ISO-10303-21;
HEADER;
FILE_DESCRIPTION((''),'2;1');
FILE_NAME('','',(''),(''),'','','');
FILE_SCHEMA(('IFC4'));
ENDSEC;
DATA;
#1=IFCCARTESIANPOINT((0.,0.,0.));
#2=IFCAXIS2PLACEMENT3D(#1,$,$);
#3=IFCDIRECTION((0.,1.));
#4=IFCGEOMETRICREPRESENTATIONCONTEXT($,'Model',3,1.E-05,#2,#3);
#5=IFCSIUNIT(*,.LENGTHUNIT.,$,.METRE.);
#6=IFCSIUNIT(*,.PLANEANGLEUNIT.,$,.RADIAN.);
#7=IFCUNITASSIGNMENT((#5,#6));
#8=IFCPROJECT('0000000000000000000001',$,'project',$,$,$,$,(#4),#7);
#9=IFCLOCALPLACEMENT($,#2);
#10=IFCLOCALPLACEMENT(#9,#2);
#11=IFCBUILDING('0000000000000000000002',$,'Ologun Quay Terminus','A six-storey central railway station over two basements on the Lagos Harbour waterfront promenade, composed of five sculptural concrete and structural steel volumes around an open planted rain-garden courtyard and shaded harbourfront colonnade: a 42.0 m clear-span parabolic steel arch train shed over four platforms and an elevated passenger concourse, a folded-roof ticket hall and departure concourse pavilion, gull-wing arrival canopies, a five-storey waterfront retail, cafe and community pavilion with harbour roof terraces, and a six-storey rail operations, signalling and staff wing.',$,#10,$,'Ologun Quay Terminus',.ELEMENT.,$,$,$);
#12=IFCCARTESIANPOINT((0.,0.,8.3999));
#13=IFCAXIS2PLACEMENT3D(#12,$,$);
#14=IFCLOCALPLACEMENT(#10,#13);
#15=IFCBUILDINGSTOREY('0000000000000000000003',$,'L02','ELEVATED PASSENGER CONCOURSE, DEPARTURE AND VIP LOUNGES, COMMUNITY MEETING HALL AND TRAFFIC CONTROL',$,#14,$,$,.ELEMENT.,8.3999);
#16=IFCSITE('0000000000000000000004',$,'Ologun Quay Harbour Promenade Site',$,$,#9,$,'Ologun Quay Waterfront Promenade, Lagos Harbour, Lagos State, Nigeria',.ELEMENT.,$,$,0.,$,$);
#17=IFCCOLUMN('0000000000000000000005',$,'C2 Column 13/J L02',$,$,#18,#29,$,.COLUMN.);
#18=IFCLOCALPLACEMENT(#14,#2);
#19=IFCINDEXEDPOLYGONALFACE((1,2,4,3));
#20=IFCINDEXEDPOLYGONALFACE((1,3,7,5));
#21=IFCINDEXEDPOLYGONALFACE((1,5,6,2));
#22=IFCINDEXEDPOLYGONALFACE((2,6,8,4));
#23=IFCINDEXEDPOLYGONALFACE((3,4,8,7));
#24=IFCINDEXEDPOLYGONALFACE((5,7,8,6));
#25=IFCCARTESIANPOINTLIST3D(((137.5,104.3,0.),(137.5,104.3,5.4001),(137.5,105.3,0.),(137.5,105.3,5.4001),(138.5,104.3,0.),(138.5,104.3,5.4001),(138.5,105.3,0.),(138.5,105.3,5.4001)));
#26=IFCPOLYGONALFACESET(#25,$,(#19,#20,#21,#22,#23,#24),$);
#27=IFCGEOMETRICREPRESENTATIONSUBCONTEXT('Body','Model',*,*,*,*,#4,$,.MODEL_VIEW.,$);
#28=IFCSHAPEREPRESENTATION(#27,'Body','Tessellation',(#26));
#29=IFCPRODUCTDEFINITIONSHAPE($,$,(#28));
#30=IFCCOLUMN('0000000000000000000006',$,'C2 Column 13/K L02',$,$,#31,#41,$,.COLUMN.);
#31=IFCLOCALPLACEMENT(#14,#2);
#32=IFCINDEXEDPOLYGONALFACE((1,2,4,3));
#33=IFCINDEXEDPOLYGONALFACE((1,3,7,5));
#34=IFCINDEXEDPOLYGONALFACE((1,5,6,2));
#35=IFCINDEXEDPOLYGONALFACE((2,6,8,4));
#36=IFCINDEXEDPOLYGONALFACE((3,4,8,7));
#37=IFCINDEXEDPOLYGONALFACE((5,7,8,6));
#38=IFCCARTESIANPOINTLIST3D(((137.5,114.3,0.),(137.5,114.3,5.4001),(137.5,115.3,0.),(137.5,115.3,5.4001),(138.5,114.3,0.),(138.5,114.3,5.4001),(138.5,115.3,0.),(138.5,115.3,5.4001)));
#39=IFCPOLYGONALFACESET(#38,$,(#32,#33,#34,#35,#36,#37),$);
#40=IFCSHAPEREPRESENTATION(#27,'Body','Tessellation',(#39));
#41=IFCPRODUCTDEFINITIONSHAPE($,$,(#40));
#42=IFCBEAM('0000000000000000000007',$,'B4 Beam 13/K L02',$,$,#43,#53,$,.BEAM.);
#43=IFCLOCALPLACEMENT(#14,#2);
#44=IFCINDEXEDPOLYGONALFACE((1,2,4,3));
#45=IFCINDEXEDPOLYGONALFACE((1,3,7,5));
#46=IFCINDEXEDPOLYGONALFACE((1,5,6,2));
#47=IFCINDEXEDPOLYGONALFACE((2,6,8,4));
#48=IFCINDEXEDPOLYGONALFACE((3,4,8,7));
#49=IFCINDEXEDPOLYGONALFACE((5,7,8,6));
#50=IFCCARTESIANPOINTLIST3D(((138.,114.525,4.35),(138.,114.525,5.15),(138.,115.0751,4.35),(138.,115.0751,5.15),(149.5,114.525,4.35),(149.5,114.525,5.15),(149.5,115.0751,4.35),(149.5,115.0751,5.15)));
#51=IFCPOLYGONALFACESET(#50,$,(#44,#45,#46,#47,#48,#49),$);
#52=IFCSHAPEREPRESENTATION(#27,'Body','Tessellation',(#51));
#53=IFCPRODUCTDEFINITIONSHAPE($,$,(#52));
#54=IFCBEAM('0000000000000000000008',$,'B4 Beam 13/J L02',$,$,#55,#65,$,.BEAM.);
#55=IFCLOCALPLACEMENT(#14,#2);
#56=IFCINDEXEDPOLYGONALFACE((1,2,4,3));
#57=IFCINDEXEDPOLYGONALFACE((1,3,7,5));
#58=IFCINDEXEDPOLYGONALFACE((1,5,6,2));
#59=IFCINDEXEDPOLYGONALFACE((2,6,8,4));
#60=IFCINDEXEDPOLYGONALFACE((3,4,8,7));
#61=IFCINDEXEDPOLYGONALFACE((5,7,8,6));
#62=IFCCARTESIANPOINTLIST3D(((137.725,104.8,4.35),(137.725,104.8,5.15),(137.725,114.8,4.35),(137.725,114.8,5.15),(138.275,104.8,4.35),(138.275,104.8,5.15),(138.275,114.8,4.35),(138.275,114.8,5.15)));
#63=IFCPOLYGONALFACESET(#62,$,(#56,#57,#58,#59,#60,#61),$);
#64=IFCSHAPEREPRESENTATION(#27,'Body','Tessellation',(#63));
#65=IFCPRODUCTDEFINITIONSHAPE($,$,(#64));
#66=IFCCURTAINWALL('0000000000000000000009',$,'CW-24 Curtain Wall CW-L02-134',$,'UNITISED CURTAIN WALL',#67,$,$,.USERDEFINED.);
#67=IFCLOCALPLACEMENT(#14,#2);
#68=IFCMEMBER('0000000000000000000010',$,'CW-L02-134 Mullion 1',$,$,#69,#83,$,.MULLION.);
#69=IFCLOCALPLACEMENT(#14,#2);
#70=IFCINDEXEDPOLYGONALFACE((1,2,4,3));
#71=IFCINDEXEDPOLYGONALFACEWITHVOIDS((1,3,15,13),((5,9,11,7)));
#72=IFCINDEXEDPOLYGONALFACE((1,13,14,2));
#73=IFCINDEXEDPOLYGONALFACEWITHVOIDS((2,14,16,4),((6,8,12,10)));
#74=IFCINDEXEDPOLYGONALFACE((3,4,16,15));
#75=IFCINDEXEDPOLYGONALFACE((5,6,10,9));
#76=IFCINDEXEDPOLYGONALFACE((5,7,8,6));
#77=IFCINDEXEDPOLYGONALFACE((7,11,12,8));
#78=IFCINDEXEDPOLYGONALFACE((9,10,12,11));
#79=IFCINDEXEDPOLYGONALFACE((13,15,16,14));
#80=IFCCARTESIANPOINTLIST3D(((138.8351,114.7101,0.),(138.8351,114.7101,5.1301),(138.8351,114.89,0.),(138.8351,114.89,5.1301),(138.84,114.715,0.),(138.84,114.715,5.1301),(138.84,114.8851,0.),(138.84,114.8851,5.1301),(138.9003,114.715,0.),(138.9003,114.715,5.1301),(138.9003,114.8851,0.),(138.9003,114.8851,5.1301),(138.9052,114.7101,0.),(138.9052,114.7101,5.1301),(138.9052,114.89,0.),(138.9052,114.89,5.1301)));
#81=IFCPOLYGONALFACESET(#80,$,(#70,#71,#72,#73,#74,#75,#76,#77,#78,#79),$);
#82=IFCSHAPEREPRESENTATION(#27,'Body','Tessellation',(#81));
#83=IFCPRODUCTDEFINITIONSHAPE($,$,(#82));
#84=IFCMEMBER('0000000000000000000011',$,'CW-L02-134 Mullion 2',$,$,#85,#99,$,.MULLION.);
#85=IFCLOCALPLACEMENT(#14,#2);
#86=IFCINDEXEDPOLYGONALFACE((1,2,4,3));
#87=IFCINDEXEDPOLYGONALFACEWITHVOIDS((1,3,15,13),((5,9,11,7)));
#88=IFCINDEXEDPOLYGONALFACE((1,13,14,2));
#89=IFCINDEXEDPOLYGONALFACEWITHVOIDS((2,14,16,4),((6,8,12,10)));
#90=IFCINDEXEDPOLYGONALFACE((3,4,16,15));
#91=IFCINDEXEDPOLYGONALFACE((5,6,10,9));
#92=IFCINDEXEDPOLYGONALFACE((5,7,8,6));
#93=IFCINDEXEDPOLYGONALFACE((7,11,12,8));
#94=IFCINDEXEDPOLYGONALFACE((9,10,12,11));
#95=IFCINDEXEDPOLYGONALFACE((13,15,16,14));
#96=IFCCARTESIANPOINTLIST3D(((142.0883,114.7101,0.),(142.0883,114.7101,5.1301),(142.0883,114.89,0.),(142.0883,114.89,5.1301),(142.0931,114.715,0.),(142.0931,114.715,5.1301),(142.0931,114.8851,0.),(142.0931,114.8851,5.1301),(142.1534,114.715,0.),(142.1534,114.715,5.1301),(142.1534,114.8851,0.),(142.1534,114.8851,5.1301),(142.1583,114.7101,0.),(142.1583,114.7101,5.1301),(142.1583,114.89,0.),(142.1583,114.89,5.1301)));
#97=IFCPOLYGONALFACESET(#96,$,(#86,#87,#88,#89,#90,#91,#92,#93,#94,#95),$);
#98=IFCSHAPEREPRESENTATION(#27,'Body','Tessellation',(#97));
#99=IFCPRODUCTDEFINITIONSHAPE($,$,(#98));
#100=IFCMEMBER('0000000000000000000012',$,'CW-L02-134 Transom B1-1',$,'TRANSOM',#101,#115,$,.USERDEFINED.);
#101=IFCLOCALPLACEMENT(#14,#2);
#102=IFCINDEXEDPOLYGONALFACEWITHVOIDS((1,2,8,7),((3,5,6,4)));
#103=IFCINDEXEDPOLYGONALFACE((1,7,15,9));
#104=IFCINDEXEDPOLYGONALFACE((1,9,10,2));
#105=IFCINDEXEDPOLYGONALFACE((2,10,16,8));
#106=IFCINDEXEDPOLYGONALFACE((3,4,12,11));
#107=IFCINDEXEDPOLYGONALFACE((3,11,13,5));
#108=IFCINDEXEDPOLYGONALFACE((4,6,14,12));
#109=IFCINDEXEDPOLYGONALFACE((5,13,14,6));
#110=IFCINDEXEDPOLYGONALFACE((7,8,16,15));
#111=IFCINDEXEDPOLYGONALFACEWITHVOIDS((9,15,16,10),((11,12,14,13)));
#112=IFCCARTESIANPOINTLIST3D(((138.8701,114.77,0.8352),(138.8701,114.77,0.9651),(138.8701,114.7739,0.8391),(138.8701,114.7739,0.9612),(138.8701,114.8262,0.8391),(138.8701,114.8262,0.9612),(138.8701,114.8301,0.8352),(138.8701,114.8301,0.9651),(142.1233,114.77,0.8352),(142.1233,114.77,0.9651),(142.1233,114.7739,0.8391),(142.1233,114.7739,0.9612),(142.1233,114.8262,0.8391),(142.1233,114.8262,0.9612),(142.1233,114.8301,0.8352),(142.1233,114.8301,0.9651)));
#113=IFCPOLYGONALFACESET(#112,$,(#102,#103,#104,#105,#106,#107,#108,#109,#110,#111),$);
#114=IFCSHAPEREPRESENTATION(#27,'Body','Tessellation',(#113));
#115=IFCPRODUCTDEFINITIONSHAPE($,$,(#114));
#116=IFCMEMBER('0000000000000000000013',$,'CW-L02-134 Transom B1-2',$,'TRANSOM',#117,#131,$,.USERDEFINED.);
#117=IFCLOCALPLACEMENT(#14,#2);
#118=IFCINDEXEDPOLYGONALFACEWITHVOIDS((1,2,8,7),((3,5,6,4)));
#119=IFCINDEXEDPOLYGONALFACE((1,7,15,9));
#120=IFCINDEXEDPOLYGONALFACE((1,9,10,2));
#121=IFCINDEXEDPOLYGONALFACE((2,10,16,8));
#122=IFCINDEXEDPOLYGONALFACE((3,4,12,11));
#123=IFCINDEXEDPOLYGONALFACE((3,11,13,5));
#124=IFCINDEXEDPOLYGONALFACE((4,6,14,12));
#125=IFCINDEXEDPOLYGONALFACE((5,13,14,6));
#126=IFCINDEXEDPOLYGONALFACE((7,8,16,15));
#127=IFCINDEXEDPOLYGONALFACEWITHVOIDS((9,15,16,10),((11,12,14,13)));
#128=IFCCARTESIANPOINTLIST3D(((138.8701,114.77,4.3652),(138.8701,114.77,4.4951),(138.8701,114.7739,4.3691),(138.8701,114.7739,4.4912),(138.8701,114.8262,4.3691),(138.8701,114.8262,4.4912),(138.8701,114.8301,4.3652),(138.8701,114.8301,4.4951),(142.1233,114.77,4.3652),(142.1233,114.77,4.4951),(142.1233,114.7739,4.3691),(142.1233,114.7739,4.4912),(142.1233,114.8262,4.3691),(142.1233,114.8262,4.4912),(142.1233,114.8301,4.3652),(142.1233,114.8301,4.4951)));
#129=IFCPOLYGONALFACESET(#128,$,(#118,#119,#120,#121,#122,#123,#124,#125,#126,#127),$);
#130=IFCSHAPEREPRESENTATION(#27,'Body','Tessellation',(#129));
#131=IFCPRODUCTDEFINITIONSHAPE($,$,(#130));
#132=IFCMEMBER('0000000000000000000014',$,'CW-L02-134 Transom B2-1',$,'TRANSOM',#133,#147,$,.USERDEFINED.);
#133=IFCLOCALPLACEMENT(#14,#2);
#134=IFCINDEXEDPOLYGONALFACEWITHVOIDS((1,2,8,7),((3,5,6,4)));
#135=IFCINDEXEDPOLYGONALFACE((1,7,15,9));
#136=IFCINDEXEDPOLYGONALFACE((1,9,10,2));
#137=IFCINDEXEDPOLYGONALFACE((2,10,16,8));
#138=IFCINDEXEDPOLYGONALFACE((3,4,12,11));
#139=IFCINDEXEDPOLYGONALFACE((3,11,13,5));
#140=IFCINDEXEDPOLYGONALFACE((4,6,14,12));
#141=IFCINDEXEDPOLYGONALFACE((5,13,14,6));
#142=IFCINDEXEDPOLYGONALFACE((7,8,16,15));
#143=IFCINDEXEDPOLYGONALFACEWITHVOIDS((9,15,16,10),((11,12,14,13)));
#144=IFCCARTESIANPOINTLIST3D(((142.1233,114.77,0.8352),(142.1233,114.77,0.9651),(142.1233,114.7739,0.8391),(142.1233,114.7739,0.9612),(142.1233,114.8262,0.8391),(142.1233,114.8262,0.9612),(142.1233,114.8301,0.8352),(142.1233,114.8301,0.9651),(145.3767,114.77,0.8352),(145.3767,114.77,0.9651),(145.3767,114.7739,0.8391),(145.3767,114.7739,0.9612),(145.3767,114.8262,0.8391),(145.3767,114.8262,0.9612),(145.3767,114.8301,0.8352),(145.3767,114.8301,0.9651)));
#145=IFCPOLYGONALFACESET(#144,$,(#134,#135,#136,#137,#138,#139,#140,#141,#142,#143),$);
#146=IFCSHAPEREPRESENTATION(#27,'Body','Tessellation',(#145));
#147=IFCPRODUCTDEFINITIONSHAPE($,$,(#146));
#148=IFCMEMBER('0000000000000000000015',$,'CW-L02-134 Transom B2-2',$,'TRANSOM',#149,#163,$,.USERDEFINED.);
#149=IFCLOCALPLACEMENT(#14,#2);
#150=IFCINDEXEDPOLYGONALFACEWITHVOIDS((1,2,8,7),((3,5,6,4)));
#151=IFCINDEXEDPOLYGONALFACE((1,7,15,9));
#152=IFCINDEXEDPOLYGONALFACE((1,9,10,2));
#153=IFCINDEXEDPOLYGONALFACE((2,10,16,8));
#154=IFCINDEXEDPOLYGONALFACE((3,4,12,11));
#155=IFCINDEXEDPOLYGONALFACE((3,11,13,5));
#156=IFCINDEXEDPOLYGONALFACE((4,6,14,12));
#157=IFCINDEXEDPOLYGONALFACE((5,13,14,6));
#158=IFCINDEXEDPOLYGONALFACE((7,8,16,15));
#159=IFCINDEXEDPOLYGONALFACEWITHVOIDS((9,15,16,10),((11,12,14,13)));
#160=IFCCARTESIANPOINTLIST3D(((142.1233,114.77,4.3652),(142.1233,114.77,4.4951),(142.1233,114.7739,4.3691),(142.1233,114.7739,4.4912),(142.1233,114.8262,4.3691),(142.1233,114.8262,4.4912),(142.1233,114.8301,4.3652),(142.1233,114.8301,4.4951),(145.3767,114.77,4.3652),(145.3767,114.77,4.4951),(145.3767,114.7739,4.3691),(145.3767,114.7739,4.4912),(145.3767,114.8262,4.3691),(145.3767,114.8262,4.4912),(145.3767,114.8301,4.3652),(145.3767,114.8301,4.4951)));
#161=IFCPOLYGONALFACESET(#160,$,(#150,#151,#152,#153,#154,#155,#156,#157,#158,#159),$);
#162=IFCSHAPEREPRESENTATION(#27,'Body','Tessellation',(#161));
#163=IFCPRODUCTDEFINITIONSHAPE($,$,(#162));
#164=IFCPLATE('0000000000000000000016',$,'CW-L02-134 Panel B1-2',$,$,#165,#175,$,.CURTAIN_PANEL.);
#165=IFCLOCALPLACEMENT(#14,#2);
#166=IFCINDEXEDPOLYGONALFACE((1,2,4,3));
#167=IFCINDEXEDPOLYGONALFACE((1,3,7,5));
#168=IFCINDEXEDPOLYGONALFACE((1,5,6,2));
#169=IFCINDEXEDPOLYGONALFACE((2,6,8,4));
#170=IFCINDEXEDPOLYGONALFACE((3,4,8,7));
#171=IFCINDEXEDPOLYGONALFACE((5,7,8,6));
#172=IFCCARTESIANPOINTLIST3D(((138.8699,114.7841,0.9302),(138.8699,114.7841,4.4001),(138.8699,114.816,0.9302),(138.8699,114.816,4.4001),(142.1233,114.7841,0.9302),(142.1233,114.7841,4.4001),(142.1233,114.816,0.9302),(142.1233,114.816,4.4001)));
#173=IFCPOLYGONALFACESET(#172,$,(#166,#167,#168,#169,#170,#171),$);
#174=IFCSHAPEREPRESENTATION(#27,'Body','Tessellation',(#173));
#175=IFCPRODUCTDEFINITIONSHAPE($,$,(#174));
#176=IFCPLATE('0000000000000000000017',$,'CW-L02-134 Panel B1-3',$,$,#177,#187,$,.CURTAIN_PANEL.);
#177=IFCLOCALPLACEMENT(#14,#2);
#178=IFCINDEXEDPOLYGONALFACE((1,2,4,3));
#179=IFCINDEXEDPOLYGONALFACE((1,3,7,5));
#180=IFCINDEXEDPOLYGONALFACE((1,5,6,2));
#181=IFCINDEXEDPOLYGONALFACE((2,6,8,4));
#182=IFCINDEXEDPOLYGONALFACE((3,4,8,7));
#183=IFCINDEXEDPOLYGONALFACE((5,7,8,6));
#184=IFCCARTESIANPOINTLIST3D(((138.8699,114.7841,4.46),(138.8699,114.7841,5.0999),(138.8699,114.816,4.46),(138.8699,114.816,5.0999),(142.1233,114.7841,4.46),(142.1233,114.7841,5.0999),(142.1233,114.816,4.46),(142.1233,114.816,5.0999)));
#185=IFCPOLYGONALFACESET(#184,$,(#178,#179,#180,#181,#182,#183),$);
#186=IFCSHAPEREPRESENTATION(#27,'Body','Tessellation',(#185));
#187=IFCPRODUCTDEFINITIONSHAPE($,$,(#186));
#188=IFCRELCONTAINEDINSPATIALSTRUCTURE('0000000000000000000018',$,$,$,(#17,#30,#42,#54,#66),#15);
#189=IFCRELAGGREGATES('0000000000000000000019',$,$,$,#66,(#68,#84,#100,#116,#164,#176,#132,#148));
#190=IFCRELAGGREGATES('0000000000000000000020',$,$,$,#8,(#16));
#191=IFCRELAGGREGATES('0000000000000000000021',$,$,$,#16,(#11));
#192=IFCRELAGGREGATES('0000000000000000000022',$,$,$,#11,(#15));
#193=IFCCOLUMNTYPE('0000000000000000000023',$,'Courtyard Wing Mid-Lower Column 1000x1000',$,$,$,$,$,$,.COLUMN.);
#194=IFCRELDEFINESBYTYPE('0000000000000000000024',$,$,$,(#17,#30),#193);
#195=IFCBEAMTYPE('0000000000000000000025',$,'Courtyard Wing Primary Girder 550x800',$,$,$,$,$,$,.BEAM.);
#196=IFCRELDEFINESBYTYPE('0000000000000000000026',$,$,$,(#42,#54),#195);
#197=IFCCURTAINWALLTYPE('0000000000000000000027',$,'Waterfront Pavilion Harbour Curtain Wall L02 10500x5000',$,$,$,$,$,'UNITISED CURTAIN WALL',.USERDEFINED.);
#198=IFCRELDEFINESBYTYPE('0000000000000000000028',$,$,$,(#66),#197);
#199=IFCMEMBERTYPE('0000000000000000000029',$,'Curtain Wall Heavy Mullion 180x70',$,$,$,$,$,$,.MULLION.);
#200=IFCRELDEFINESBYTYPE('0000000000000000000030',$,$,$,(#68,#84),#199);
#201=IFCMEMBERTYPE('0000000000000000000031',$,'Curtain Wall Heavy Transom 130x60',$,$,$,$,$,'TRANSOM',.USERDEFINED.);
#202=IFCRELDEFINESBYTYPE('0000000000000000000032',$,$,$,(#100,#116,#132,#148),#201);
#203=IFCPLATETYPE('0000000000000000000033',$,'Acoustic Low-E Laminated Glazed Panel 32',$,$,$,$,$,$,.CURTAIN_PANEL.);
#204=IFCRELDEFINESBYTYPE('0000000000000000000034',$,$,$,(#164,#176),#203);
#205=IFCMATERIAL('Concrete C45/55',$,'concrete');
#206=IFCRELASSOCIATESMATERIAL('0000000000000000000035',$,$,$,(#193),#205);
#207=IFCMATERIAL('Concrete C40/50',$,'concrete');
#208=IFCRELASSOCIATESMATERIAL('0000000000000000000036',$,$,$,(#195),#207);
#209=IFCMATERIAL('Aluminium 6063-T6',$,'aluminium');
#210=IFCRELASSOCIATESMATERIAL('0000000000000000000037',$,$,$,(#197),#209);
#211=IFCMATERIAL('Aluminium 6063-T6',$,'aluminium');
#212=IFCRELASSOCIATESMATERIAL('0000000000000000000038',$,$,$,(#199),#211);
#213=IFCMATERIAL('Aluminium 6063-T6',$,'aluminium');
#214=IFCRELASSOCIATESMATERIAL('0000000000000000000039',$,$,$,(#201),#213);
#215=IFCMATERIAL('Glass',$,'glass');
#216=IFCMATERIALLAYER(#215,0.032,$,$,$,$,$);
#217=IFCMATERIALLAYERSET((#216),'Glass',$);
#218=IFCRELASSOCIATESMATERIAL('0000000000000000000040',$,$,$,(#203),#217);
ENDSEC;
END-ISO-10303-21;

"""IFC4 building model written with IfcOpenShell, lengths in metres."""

from ifc_helpers import new_model, si_unit, direction, frame, origin, origin_2d, place, context, subcontext, project, spatial, rectangle, hollow_rectangle, extrude, material, layer, layer_set, material_profile, profile_set, type_object, element, aggregate, save


model = new_model("IFC4")

# Units and contexts
model_context = context("Model", 3, precision=1e-05, world=origin(), true_north=direction((0.0, 1.0)))
body_context = subcontext(model_context, "Body", "Model", "MODEL_VIEW")
ifc_project = project(units=[si_unit("LENGTHUNIT", "METRE"), si_unit("PLANEANGLEUNIT", "RADIAN")], contexts=[model_context])

# Site, building, storey
site_placement = place(None, origin())
site = spatial("IfcSite", under=ifc_project, at=site_placement, Name="Ologun Quay Harbour Promenade Site", LongName="Ologun Quay Waterfront Promenade, Lagos Harbour, Lagos State, Nigeria", CompositionType="ELEMENT", RefElevation=0.0)
building_placement = place(site_placement, origin())
building = spatial("IfcBuilding", under=site, at=building_placement, Name="Ologun Quay Terminus", Description="A six-storey central railway station over two basements on the Lagos Harbour waterfront promenade, composed of five sculptural concrete and structural steel volumes around an open planted rain-garden courtyard and shaded harbourfront colonnade: a 42.0 m clear-span parabolic steel arch train shed over four platforms and an elevated passenger concourse, a folded-roof ticket hall and departure concourse pavilion, gull-wing arrival canopies, a five-storey waterfront retail, cafe and community pavilion with harbour roof terraces, and a six-storey rail operations, signalling and staff wing.", LongName="Ologun Quay Terminus", CompositionType="ELEMENT")
storey_placement = place(building_placement, frame((0.0, 0.0, 8.3999)))
storey = spatial("IfcBuildingStorey", under=building, at=storey_placement, Name="L02", Description="ELEVATED PASSENGER CONCOURSE, DEPARTURE AND VIP LOUNGES, COMMUNITY MEETING HALL AND TRAFFIC CONTROL", CompositionType="ELEMENT", Elevation=8.3999)

# Columns
ifc_material_1 = material(Name="Concrete C45/55", Category="concrete")
ifc_material_profile_1 = material_profile(ifc_material_1, rectangle(XDim=1.0, YDim=1.0, at=origin_2d()), Name="RC 1000x1000")
ifc_profile_set_1 = profile_set([ifc_material_profile_1], Name="Concrete C45/55")
column_type = type_object("IfcColumnType", Name="Courtyard Wing Mid-Lower Column 1000x1000", PredefinedType="COLUMN", material=ifc_profile_set_1)
for number, where, z_axis, x_axis, name in (
    (1, (138.0, 104.8, 0.0), (0.0, 0.0, 1.0), (1.0, 0.0, 0.0), "C2 Column 13/J L02"),
    (2, (138.0, 114.8, 0.0), (0.0, 0.0, 1.0), (1.0, 0.0, 0.0), "C2 Column 13/K L02"),
):
    element("IfcColumn", number, at=place(storey_placement, frame(where, z_axis=z_axis, x_axis=x_axis)), inside=storey, type_object=column_type, Name=name, PredefinedType="COLUMN", context=body_context, shape_type="SweptSolid", body=[
        extrude(rectangle(XDim=1.0, YDim=1.0, at=origin_2d()), origin(), (0.0, 0.0, 1.0), 5.4001),
    ])

# Beams
ifc_material_2 = material(Name="Concrete C40/50", Category="concrete")
ifc_material_profile_2 = material_profile(ifc_material_2, rectangle(XDim=0.55, YDim=0.8, at=origin_2d()), Name="RC 550x800")
ifc_profile_set_2 = profile_set([ifc_material_profile_2], Name="Concrete C40/50")
beam_type = type_object("IfcBeamType", Name="Courtyard Wing Primary Girder 550x800", PredefinedType="BEAM", material=ifc_profile_set_2)
beam_1_placement = place(storey_placement, frame((138.0, 114.8, 4.75), z_axis=(1.0, 0.0, 0.0), x_axis=(0.0, 1.0, 0.0)))
element("IfcBeam", 3, at=beam_1_placement, inside=storey, type_object=beam_type, Name="B4 Beam 13/K L02", PredefinedType="BEAM", context=body_context, shape_type="SweptSolid", body=[
    extrude(rectangle(XDim=0.55, YDim=0.8, at=origin_2d()), origin(), (0.0, 0.0, 1.0), 11.5),
])
beam_2_placement = place(storey_placement, frame((138.0, 104.8, 4.75), z_axis=(0.0, 1.0, 0.0), x_axis=(-1.0, 0.0, 0.0)))
element("IfcBeam", 4, at=beam_2_placement, inside=storey, type_object=beam_type, Name="B4 Beam 13/J L02", PredefinedType="BEAM", context=body_context, shape_type="SweptSolid", body=[
    extrude(rectangle(XDim=0.55, YDim=0.8, at=origin_2d()), origin(), (0.0, 0.0, 1.0), 10.0),
])

# Curtain wall, members, plates
ifc_material_3 = material(Name="Aluminium 6063-T6", Category="aluminium")
curtain_wall_type = type_object("IfcCurtainWallType", Name="Waterfront Pavilion Harbour Curtain Wall L02 10500x5000", ElementType="UNITISED CURTAIN WALL", PredefinedType="USERDEFINED", material=ifc_material_3)
curtain_wall_placement = place(storey_placement, origin())
curtain_wall = element("IfcCurtainWall", 5, at=curtain_wall_placement, inside=storey, type_object=curtain_wall_type, Name="CW-24 Curtain Wall CW-L02-134", ObjectType="UNITISED CURTAIN WALL", PredefinedType="USERDEFINED")
ifc_material_4 = material(Name="Aluminium 6063-T6", Category="aluminium")
ifc_material_profile_3 = material_profile(ifc_material_4, hollow_rectangle(XDim=0.0701, YDim=0.1799, WallThickness=0.0049, at=origin_2d()), Name="ALU 180x70x5")
ifc_profile_set_3 = profile_set([ifc_material_profile_3], Name="Aluminium 6063-T6")
member_type_1 = type_object("IfcMemberType", Name="Curtain Wall Heavy Mullion 180x70", PredefinedType="MULLION", material=ifc_profile_set_3)
member_1_placement = place(storey_placement, frame((138.8701, 114.8, 0.0), z_axis=(0.0, 0.0, 1.0), x_axis=(1.0, 0.0, 0.0)))
member_1 = element("IfcMember", 6, at=member_1_placement, type_object=member_type_1, Name="CW-L02-134 Mullion 1", PredefinedType="MULLION", context=body_context, shape_type="SweptSolid", body=[
    extrude(hollow_rectangle(XDim=0.0701, YDim=0.1799, WallThickness=0.0049, at=origin_2d()), origin(), (0.0, 0.0, 1.0), 5.1301),
])
member_2_placement = place(storey_placement, frame((142.1233, 114.8, 0.0), z_axis=(0.0, 0.0, 1.0), x_axis=(1.0, 0.0, 0.0)))
member_2 = element("IfcMember", 7, at=member_2_placement, type_object=member_type_1, Name="CW-L02-134 Mullion 2", PredefinedType="MULLION", context=body_context, shape_type="SweptSolid", body=[
    extrude(hollow_rectangle(XDim=0.0701, YDim=0.1799, WallThickness=0.0049, at=origin_2d()), origin(), (0.0, 0.0, 1.0), 5.1301),
])
ifc_material_5 = material(Name="Aluminium 6063-T6", Category="aluminium")
ifc_material_profile_4 = material_profile(ifc_material_5, hollow_rectangle(XDim=0.0601, YDim=0.1299, WallThickness=0.0039, at=origin_2d()), Name="ALU 130x60x4")
ifc_profile_set_4 = profile_set([ifc_material_profile_4], Name="Aluminium 6063-T6")
member_type_2 = type_object("IfcMemberType", Name="Curtain Wall Heavy Transom 130x60", ElementType="TRANSOM", PredefinedType="USERDEFINED", material=ifc_profile_set_4)
member_3_placement = place(storey_placement, frame((138.8701, 114.8, 0.9001), z_axis=(1.0, 0.0, 0.0), x_axis=(0.0, 1.0, 0.0)))
member_3 = element("IfcMember", 8, at=member_3_placement, type_object=member_type_2, Name="CW-L02-134 Transom B1-1", ObjectType="TRANSOM", PredefinedType="USERDEFINED", context=body_context, shape_type="SweptSolid", body=[
    extrude(hollow_rectangle(XDim=0.0601, YDim=0.1299, WallThickness=0.0039, at=origin_2d()), origin(), (0.0, 0.0, 1.0), 3.2532),
])
member_4_placement = place(storey_placement, frame((138.8701, 114.8, 4.4302), z_axis=(1.0, 0.0, 0.0), x_axis=(0.0, 1.0, 0.0)))
member_4 = element("IfcMember", 9, at=member_4_placement, type_object=member_type_2, Name="CW-L02-134 Transom B1-2", ObjectType="TRANSOM", PredefinedType="USERDEFINED", context=body_context, shape_type="SweptSolid", body=[
    extrude(hollow_rectangle(XDim=0.0601, YDim=0.1299, WallThickness=0.0039, at=origin_2d()), origin(), (0.0, 0.0, 1.0), 3.2532),
])
member_5_placement = place(storey_placement, frame((142.1233, 114.8, 0.9001), z_axis=(1.0, 0.0, 0.0), x_axis=(0.0, 1.0, 0.0)))
member_5 = element("IfcMember", 10, at=member_5_placement, type_object=member_type_2, Name="CW-L02-134 Transom B2-1", ObjectType="TRANSOM", PredefinedType="USERDEFINED", context=body_context, shape_type="SweptSolid", body=[
    extrude(hollow_rectangle(XDim=0.0601, YDim=0.1299, WallThickness=0.0039, at=origin_2d()), origin(), (0.0, 0.0, 1.0), 3.2534),
])
member_6_placement = place(storey_placement, frame((142.1233, 114.8, 4.4302), z_axis=(1.0, 0.0, 0.0), x_axis=(0.0, 1.0, 0.0)))
member_6 = element("IfcMember", 11, at=member_6_placement, type_object=member_type_2, Name="CW-L02-134 Transom B2-2", ObjectType="TRANSOM", PredefinedType="USERDEFINED", context=body_context, shape_type="SweptSolid", body=[
    extrude(hollow_rectangle(XDim=0.0601, YDim=0.1299, WallThickness=0.0039, at=origin_2d()), origin(), (0.0, 0.0, 1.0), 3.2534),
])
ifc_material_6 = material(Name="Glass", Category="glass")
ifc_layer_1 = layer(ifc_material_6, 0.032)
ifc_layer_set_1 = layer_set([ifc_layer_1], Name="Glass")
plate_type_1 = type_object("IfcPlateType", Name="Acoustic Low-E Laminated Glazed Panel 32", PredefinedType="CURTAIN_PANEL", material=ifc_layer_set_1)
plate_1_placement = place(storey_placement, frame((140.4966, 114.8, 0.9302), z_axis=(0.0, 0.0, 1.0), x_axis=(1.0, 0.0, 0.0)))
plate_1 = element("IfcPlate", 12, at=plate_1_placement, type_object=plate_type_1, Name="CW-L02-134 Panel B1-2", PredefinedType="CURTAIN_PANEL", context=body_context, shape_type="SweptSolid", body=[
    extrude(rectangle(XDim=3.2534, YDim=0.032, at=origin_2d()), origin(), (0.0, 0.0, 1.0), 3.47),
])
plate_2_placement = place(storey_placement, frame((140.4966, 114.8, 4.46), z_axis=(0.0, 0.0, 1.0), x_axis=(1.0, 0.0, 0.0)))
plate_2 = element("IfcPlate", 13, at=plate_2_placement, type_object=plate_type_1, Name="CW-L02-134 Panel B1-3", PredefinedType="CURTAIN_PANEL", context=body_context, shape_type="SweptSolid", body=[
    extrude(rectangle(XDim=3.2534, YDim=0.032, at=origin_2d()), origin(), (0.0, 0.0, 1.0), 0.6399),
])
aggregate(curtain_wall, [member_1, member_2, member_3, member_4, plate_1, plate_2, member_5, member_6])

save(model, "model.ifc")
